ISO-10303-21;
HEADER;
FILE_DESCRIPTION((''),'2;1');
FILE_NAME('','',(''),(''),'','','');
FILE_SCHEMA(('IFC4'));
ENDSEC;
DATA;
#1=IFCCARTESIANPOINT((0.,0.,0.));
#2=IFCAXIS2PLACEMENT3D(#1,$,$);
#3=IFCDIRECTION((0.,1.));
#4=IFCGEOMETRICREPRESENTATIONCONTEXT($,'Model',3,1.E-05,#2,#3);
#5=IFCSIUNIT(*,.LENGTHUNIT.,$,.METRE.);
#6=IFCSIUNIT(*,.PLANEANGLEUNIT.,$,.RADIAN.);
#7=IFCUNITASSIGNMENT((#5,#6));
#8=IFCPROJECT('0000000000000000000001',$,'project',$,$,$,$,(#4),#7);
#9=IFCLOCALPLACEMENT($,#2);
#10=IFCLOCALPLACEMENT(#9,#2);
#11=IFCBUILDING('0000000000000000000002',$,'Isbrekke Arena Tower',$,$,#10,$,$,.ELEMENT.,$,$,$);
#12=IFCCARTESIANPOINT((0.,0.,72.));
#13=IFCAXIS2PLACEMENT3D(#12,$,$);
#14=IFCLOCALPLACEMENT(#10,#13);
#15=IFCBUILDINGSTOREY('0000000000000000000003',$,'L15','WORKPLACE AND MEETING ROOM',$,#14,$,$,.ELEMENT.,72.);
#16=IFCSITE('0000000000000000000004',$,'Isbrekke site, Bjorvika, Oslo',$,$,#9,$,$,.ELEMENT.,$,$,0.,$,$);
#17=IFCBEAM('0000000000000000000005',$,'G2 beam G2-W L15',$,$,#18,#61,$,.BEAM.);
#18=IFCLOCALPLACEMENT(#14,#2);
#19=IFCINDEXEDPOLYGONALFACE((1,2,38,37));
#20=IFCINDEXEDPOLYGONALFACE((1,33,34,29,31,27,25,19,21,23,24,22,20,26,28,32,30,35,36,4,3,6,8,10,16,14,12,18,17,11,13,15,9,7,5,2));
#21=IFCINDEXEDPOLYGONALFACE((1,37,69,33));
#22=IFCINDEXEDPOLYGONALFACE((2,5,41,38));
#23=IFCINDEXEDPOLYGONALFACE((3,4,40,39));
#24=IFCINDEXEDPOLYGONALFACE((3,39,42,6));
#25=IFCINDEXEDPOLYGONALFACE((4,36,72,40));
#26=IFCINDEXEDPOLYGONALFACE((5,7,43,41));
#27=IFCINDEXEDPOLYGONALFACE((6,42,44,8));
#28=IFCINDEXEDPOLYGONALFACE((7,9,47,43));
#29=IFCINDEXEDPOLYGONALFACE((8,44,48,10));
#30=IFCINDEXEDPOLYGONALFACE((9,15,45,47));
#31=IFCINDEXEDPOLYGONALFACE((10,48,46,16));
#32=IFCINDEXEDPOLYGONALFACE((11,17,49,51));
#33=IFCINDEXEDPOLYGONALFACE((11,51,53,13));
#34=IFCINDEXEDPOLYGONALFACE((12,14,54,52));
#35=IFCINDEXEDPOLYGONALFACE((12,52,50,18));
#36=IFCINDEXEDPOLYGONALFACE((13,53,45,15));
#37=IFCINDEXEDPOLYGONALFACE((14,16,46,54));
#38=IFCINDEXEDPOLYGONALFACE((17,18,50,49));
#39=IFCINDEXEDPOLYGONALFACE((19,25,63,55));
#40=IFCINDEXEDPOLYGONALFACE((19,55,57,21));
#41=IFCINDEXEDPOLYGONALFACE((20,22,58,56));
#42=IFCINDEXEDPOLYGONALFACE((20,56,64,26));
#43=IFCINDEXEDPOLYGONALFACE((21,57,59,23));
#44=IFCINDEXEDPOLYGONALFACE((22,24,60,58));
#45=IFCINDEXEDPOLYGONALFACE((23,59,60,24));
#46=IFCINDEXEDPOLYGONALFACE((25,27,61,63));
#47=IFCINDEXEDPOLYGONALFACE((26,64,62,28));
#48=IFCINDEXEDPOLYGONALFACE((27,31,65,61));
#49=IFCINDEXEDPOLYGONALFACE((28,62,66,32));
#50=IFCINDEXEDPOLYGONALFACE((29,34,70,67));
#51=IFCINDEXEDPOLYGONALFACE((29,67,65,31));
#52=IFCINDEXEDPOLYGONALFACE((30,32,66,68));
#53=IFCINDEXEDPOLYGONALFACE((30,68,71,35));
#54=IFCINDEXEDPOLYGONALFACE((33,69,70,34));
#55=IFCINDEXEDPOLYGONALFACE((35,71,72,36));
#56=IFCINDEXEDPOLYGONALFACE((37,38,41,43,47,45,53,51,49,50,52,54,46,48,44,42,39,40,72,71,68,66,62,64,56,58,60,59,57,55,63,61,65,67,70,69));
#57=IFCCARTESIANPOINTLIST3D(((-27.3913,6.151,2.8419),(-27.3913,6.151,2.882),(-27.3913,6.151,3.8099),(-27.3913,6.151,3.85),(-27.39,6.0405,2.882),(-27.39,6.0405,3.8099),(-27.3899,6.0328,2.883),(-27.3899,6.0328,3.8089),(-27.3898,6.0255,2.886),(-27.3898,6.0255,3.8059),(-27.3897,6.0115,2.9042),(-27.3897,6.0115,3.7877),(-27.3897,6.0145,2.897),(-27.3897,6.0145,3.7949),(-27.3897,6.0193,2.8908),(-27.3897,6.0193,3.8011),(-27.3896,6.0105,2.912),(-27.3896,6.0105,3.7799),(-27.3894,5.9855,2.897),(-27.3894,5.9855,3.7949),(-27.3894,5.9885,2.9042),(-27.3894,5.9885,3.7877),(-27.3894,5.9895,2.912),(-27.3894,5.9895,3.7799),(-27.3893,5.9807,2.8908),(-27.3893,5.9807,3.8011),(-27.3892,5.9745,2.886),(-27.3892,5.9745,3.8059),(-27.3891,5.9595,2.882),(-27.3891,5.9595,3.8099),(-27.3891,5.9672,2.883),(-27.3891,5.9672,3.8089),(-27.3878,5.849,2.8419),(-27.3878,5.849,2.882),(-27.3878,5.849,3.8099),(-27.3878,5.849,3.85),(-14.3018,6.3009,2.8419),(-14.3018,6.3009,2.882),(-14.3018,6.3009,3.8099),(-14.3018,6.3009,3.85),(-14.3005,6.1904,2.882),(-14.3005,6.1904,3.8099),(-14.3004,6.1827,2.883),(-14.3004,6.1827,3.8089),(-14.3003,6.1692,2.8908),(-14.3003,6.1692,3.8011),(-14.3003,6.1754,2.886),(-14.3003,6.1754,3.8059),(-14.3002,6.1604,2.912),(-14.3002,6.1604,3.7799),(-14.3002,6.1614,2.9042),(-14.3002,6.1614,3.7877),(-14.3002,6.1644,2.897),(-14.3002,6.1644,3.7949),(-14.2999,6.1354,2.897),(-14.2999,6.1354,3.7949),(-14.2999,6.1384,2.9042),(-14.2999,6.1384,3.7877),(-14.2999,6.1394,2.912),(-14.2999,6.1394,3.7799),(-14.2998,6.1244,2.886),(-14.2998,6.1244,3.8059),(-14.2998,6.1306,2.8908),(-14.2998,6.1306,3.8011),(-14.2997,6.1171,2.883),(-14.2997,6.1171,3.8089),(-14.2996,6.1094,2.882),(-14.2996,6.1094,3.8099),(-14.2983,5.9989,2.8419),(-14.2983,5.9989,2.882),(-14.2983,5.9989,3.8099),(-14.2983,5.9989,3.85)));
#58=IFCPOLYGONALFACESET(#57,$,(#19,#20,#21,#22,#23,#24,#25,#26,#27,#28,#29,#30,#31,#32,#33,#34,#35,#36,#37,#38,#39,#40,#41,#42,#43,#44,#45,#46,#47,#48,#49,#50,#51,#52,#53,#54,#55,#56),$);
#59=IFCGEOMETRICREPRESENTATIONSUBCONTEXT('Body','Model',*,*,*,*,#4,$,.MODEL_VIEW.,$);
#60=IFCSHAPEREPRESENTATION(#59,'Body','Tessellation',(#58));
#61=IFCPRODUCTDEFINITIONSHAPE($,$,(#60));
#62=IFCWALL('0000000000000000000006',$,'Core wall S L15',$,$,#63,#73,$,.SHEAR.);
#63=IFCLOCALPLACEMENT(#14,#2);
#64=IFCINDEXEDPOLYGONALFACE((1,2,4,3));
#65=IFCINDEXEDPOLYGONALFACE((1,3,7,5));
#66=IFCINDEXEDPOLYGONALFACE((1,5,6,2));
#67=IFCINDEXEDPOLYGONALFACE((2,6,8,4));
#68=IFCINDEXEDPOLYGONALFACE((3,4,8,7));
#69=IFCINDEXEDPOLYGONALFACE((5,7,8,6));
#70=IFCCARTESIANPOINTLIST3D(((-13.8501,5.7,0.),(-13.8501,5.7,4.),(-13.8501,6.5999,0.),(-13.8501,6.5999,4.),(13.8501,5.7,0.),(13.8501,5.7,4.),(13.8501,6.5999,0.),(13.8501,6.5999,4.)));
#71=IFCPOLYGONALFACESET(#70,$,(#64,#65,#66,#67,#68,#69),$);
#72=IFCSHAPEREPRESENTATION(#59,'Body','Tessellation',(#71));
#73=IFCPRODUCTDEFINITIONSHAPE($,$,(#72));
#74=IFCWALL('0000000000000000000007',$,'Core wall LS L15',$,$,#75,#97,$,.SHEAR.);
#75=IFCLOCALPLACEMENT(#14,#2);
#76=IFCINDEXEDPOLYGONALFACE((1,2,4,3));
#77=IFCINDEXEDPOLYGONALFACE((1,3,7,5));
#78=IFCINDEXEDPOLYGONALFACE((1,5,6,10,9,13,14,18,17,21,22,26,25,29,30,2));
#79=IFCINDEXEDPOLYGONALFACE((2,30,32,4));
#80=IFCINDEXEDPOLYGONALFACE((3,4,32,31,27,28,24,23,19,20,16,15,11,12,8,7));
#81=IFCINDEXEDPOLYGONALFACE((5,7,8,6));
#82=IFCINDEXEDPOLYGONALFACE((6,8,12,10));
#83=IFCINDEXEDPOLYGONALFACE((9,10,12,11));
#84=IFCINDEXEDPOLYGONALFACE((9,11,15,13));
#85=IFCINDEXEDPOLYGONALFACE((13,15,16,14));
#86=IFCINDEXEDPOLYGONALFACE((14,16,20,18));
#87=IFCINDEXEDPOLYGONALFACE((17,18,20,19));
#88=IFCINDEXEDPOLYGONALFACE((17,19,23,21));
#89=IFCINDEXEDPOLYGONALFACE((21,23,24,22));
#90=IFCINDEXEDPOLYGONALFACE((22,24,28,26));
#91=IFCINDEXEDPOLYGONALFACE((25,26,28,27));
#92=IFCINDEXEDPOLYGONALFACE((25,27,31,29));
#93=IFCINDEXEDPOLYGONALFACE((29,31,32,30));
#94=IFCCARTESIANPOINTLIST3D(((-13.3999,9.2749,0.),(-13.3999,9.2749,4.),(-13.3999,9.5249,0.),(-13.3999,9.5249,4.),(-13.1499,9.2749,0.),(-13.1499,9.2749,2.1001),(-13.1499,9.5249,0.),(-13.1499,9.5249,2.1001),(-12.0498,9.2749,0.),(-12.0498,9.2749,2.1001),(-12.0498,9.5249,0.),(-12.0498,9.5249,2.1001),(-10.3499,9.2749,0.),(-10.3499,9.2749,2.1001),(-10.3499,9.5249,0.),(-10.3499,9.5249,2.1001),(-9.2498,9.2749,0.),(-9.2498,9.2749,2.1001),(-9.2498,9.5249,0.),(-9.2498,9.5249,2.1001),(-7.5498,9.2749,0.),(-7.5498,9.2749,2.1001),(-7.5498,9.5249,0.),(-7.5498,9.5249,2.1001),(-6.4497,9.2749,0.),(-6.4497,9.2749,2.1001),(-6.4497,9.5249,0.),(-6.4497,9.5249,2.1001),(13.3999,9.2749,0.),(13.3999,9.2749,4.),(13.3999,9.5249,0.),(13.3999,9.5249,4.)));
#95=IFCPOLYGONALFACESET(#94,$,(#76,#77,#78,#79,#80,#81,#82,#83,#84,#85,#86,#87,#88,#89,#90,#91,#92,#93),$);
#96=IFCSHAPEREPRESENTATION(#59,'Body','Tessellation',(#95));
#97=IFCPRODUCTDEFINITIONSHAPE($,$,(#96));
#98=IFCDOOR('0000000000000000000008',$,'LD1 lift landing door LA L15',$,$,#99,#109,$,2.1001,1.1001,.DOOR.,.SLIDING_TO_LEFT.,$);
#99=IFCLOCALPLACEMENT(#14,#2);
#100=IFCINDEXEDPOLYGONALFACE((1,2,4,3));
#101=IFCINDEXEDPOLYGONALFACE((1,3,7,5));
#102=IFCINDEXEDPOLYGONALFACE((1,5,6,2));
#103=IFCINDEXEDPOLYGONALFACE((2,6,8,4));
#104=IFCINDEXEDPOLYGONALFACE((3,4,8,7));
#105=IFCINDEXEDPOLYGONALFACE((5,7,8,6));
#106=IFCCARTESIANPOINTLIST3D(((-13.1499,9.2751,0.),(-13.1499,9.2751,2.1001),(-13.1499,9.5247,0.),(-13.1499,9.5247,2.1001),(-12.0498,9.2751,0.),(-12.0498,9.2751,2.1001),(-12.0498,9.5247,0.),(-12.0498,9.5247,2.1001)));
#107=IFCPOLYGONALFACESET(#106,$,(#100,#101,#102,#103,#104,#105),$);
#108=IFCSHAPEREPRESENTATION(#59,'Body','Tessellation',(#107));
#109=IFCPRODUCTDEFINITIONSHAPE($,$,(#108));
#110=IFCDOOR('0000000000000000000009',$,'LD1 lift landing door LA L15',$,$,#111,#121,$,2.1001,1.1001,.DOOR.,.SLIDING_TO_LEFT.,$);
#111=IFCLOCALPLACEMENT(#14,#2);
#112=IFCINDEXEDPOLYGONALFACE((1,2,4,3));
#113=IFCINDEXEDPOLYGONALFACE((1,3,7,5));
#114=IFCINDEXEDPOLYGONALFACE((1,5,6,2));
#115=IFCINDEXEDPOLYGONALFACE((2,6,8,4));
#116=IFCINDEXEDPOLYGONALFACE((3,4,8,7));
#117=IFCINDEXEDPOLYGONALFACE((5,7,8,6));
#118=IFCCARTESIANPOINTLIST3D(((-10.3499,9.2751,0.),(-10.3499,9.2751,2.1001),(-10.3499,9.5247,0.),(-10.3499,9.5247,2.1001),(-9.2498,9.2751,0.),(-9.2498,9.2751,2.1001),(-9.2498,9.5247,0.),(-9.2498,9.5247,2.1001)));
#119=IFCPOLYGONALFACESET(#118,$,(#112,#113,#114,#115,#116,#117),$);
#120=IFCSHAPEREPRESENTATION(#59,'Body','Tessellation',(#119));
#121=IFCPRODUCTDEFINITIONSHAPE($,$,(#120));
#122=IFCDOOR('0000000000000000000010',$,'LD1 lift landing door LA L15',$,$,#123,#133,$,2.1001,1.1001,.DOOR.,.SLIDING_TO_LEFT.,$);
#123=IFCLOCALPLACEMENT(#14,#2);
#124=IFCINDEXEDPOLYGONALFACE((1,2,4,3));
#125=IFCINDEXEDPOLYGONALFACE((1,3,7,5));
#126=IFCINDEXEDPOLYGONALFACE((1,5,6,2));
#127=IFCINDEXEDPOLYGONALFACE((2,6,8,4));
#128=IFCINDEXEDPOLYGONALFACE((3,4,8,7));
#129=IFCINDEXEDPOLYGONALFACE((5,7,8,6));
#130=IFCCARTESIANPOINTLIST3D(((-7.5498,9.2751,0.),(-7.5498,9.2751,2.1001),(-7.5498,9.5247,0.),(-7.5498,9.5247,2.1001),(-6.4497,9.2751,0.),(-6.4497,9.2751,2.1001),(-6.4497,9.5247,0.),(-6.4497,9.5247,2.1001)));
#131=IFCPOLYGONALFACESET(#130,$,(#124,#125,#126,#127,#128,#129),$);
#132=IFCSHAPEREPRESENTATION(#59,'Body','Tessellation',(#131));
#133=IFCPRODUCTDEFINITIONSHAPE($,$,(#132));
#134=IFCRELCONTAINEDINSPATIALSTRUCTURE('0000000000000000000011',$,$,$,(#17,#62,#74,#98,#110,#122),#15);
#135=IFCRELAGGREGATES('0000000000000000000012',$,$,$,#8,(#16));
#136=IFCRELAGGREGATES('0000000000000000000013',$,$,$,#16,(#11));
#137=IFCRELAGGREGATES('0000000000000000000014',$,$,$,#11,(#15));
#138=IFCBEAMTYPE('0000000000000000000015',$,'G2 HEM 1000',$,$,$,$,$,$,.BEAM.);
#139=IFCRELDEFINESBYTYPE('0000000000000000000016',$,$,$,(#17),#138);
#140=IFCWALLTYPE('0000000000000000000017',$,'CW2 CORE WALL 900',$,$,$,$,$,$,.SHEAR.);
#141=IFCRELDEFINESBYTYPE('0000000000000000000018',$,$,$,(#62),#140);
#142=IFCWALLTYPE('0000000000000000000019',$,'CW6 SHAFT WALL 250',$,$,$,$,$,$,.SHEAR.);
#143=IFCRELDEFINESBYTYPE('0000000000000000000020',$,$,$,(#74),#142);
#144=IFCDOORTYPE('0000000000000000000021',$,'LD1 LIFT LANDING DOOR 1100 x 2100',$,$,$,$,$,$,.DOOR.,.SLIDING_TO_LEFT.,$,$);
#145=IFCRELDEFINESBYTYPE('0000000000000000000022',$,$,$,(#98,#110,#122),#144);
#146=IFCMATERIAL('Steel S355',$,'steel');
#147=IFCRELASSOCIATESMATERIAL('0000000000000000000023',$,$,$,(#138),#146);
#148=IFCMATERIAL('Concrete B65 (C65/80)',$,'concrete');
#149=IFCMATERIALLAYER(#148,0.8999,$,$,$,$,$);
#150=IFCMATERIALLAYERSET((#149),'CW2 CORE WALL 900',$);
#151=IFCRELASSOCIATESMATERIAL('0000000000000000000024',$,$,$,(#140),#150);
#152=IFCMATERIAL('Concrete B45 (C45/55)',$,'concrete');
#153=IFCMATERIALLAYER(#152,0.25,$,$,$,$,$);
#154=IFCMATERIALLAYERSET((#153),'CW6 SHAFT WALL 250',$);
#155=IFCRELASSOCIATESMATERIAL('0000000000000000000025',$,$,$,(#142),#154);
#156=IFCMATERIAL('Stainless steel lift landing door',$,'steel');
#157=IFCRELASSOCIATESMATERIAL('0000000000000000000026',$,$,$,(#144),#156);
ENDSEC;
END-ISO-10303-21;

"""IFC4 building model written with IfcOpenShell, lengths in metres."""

from ifc_helpers import new_model, si_unit, direction, frame, frame_2d, origin, origin_2d, place, context, subcontext, project, spatial, rectangle, i_section, extrude, material, layer, layer_set, material_profile, profile_set, type_object, element, fill, save


model = new_model("IFC4")

# Units and contexts
model_context = context("Model", 3, precision=1e-05, world=origin(), true_north=direction((0.0, 1.0)))
body_context = subcontext(model_context, "Body", "Model", "MODEL_VIEW")
ifc_project = project(units=[si_unit("LENGTHUNIT", "METRE"), si_unit("PLANEANGLEUNIT", "RADIAN")], contexts=[model_context])

# Site, building, storey
site_placement = place(None, origin())
site = spatial("IfcSite", under=ifc_project, at=site_placement, Name="Isbrekke site, Bjorvika, Oslo", CompositionType="ELEMENT", RefElevation=0.0)
building_placement = place(site_placement, origin())
building = spatial("IfcBuilding", under=site, at=building_placement, Name="Isbrekke Arena Tower", CompositionType="ELEMENT")
storey_placement = place(building_placement, frame((0.0, 0.0, 72.0)))
storey = spatial("IfcBuildingStorey", under=building, at=storey_placement, Name="L15", Description="WORKPLACE AND MEETING ROOM", CompositionType="ELEMENT", Elevation=72.0)

# Beam
ifc_material_1 = material(Name="Steel S355", Category="steel")
ifc_material_profile = material_profile(ifc_material_1, i_section(OverallWidth=0.302, OverallDepth=1.0081, WebThickness=0.021, FlangeThickness=0.04, FilletRadius=0.03, at=origin_2d()), Name="HEM 1000")
ifc_profile_set = profile_set([ifc_material_profile], Name="Steel S355")
beam_type = type_object("IfcBeamType", Name="G2 HEM 1000", PredefinedType="BEAM", material=ifc_profile_set)
beam_placement = place(storey_placement, frame((-14.3, 6.1499, 3.3459), z_axis=(-0.999934, -0.011451, 0.0), x_axis=(0.011451, -0.999934, 0.0)))
element("IfcBeam", 1, at=beam_placement, inside=storey, type_object=beam_type, Name="G2 beam G2-W L15", PredefinedType="BEAM", context=body_context, shape_type="SweptSolid", body=[
    extrude(i_section(OverallWidth=0.302, OverallDepth=1.0081, WebThickness=0.021, FlangeThickness=0.04, FilletRadius=0.03, at=origin_2d()), origin(), (0.0, 0.0, 1.0), 13.0903),
])

# Wall
ifc_material_2 = material(Name="Concrete B65 (C65/80)", Category="concrete")
ifc_layer_1 = layer(ifc_material_2, 0.8999)
ifc_layer_set_1 = layer_set([ifc_layer_1], Name="CW2 CORE WALL 900")
wall_type_1 = type_object("IfcWallType", Name="CW2 CORE WALL 900", PredefinedType="SHEAR", material=ifc_layer_set_1)
wall_1_placement = place(storey_placement, frame((-13.8501, 6.1499, 0.0), z_axis=(0.0, 0.0, 1.0), x_axis=(1.0, 0.0, 0.0)))
element("IfcWall", 2, at=wall_1_placement, inside=storey, type_object=wall_type_1, Name="Core wall S L15", PredefinedType="SHEAR", context=body_context, shape_type="SweptSolid", body=[
    extrude(rectangle(XDim=27.7002, YDim=0.8999, at=frame_2d((13.8501, 0.0))), origin(), (0.0, 0.0, 1.0), 4.0),
])

# Wall, openings, doors
ifc_material_3 = material(Name="Concrete B45 (C45/55)", Category="concrete")
ifc_layer_2 = layer(ifc_material_3, 0.25)
ifc_layer_set_2 = layer_set([ifc_layer_2], Name="CW6 SHAFT WALL 250")
wall_type_2 = type_object("IfcWallType", Name="CW6 SHAFT WALL 250", PredefinedType="SHEAR", material=ifc_layer_set_2)
wall_2_placement = place(storey_placement, frame((-13.3999, 9.3999, 0.0), z_axis=(0.0, 0.0, 1.0), x_axis=(1.0, 0.0, 0.0)))
wall_2 = element("IfcWall", 3, at=wall_2_placement, inside=storey, type_object=wall_type_2, Name="Core wall LS L15", PredefinedType="SHEAR", context=body_context, shape_type="SweptSolid", body=[
    extrude(rectangle(XDim=26.7998, YDim=0.25, at=frame_2d((13.3999, 0.0))), origin(), (0.0, 0.0, 1.0), 4.0),
])
opening_1_placement = place(wall_2_placement, frame((0.25, 0.0, 0.0)))
opening_1 = element("IfcOpeningElement", 4, at=opening_1_placement, cuts=wall_2, PredefinedType="OPENING", context=body_context, shape_type="SweptSolid", body=[
    extrude(rectangle(XDim=1.1001, YDim=2.1001, at=frame_2d((0.55, 1.05))), frame((0.0, 0.1399, 0.0), z_axis=(0.0, -1.0, 0.0), x_axis=(1.0, 0.0, 0.0)), (0.0, 0.0, 1.0), 0.2798),
])
opening_2_placement = place(wall_2_placement, frame((3.05, 0.0, 0.0)))
opening_2 = element("IfcOpeningElement", 5, at=opening_2_placement, cuts=wall_2, PredefinedType="OPENING", context=body_context, shape_type="SweptSolid", body=[
    extrude(rectangle(XDim=1.1001, YDim=2.1001, at=frame_2d((0.55, 1.05))), frame((0.0, 0.1399, 0.0), z_axis=(0.0, -1.0, 0.0), x_axis=(1.0, 0.0, 0.0)), (0.0, 0.0, 1.0), 0.2798),
])
opening_3_placement = place(wall_2_placement, frame((5.8501, 0.0, 0.0)))
opening_3 = element("IfcOpeningElement", 6, at=opening_3_placement, cuts=wall_2, PredefinedType="OPENING", context=body_context, shape_type="SweptSolid", body=[
    extrude(rectangle(XDim=1.1001, YDim=2.1001, at=frame_2d((0.55, 1.05))), frame((0.0, 0.1399, 0.0), z_axis=(0.0, -1.0, 0.0), x_axis=(1.0, 0.0, 0.0)), (0.0, 0.0, 1.0), 0.2798),
])
ifc_material_4 = material(Name="Stainless steel lift landing door", Category="steel")
door_type_1 = type_object("IfcDoorType", Name="LD1 LIFT LANDING DOOR 1100 x 2100", OperationType="SLIDING_TO_LEFT", PredefinedType="DOOR", material=ifc_material_4)
door_1_placement = place(opening_1_placement, origin())
door_1 = element("IfcDoor", 7, at=door_1_placement, inside=storey, type_object=door_type_1, Name="LD1 lift landing door LA L15", OperationType="SLIDING_TO_LEFT", OverallHeight=2.1001, OverallWidth=1.1001, PredefinedType="DOOR", context=body_context, shape_type="SweptSolid", body=[
    extrude(rectangle(XDim=1.1001, YDim=2.1001, at=frame_2d((0.55, 1.05))), frame((0.0, 0.1248, 0.0), z_axis=(0.0, -1.0, 0.0), x_axis=(1.0, 0.0, 0.0)), (0.0, 0.0, 1.0), 0.2495),
])
fill(opening_1, door_1)
door_2_placement = place(opening_2_placement, origin())
door_2 = element("IfcDoor", 8, at=door_2_placement, inside=storey, type_object=door_type_1, Name="LD1 lift landing door LA L15", OperationType="SLIDING_TO_LEFT", OverallHeight=2.1001, OverallWidth=1.1001, PredefinedType="DOOR", context=body_context, shape_type="SweptSolid", body=[
    extrude(rectangle(XDim=1.1001, YDim=2.1001, at=frame_2d((0.55, 1.05))), frame((0.0, 0.1248, 0.0), z_axis=(0.0, -1.0, 0.0), x_axis=(1.0, 0.0, 0.0)), (0.0, 0.0, 1.0), 0.2495),
])
fill(opening_2, door_2)
door_3_placement = place(opening_3_placement, origin())
door_3 = element("IfcDoor", 9, at=door_3_placement, inside=storey, type_object=door_type_1, Name="LD1 lift landing door LA L15", OperationType="SLIDING_TO_LEFT", OverallHeight=2.1001, OverallWidth=1.1001, PredefinedType="DOOR", context=body_context, shape_type="SweptSolid", body=[
    extrude(rectangle(XDim=1.1001, YDim=2.1001, at=frame_2d((0.55, 1.05))), frame((0.0, 0.1248, 0.0), z_axis=(0.0, -1.0, 0.0), x_axis=(1.0, 0.0, 0.0)), (0.0, 0.0, 1.0), 0.2495),
])
fill(opening_3, door_3)

save(model, "model.ifc")
